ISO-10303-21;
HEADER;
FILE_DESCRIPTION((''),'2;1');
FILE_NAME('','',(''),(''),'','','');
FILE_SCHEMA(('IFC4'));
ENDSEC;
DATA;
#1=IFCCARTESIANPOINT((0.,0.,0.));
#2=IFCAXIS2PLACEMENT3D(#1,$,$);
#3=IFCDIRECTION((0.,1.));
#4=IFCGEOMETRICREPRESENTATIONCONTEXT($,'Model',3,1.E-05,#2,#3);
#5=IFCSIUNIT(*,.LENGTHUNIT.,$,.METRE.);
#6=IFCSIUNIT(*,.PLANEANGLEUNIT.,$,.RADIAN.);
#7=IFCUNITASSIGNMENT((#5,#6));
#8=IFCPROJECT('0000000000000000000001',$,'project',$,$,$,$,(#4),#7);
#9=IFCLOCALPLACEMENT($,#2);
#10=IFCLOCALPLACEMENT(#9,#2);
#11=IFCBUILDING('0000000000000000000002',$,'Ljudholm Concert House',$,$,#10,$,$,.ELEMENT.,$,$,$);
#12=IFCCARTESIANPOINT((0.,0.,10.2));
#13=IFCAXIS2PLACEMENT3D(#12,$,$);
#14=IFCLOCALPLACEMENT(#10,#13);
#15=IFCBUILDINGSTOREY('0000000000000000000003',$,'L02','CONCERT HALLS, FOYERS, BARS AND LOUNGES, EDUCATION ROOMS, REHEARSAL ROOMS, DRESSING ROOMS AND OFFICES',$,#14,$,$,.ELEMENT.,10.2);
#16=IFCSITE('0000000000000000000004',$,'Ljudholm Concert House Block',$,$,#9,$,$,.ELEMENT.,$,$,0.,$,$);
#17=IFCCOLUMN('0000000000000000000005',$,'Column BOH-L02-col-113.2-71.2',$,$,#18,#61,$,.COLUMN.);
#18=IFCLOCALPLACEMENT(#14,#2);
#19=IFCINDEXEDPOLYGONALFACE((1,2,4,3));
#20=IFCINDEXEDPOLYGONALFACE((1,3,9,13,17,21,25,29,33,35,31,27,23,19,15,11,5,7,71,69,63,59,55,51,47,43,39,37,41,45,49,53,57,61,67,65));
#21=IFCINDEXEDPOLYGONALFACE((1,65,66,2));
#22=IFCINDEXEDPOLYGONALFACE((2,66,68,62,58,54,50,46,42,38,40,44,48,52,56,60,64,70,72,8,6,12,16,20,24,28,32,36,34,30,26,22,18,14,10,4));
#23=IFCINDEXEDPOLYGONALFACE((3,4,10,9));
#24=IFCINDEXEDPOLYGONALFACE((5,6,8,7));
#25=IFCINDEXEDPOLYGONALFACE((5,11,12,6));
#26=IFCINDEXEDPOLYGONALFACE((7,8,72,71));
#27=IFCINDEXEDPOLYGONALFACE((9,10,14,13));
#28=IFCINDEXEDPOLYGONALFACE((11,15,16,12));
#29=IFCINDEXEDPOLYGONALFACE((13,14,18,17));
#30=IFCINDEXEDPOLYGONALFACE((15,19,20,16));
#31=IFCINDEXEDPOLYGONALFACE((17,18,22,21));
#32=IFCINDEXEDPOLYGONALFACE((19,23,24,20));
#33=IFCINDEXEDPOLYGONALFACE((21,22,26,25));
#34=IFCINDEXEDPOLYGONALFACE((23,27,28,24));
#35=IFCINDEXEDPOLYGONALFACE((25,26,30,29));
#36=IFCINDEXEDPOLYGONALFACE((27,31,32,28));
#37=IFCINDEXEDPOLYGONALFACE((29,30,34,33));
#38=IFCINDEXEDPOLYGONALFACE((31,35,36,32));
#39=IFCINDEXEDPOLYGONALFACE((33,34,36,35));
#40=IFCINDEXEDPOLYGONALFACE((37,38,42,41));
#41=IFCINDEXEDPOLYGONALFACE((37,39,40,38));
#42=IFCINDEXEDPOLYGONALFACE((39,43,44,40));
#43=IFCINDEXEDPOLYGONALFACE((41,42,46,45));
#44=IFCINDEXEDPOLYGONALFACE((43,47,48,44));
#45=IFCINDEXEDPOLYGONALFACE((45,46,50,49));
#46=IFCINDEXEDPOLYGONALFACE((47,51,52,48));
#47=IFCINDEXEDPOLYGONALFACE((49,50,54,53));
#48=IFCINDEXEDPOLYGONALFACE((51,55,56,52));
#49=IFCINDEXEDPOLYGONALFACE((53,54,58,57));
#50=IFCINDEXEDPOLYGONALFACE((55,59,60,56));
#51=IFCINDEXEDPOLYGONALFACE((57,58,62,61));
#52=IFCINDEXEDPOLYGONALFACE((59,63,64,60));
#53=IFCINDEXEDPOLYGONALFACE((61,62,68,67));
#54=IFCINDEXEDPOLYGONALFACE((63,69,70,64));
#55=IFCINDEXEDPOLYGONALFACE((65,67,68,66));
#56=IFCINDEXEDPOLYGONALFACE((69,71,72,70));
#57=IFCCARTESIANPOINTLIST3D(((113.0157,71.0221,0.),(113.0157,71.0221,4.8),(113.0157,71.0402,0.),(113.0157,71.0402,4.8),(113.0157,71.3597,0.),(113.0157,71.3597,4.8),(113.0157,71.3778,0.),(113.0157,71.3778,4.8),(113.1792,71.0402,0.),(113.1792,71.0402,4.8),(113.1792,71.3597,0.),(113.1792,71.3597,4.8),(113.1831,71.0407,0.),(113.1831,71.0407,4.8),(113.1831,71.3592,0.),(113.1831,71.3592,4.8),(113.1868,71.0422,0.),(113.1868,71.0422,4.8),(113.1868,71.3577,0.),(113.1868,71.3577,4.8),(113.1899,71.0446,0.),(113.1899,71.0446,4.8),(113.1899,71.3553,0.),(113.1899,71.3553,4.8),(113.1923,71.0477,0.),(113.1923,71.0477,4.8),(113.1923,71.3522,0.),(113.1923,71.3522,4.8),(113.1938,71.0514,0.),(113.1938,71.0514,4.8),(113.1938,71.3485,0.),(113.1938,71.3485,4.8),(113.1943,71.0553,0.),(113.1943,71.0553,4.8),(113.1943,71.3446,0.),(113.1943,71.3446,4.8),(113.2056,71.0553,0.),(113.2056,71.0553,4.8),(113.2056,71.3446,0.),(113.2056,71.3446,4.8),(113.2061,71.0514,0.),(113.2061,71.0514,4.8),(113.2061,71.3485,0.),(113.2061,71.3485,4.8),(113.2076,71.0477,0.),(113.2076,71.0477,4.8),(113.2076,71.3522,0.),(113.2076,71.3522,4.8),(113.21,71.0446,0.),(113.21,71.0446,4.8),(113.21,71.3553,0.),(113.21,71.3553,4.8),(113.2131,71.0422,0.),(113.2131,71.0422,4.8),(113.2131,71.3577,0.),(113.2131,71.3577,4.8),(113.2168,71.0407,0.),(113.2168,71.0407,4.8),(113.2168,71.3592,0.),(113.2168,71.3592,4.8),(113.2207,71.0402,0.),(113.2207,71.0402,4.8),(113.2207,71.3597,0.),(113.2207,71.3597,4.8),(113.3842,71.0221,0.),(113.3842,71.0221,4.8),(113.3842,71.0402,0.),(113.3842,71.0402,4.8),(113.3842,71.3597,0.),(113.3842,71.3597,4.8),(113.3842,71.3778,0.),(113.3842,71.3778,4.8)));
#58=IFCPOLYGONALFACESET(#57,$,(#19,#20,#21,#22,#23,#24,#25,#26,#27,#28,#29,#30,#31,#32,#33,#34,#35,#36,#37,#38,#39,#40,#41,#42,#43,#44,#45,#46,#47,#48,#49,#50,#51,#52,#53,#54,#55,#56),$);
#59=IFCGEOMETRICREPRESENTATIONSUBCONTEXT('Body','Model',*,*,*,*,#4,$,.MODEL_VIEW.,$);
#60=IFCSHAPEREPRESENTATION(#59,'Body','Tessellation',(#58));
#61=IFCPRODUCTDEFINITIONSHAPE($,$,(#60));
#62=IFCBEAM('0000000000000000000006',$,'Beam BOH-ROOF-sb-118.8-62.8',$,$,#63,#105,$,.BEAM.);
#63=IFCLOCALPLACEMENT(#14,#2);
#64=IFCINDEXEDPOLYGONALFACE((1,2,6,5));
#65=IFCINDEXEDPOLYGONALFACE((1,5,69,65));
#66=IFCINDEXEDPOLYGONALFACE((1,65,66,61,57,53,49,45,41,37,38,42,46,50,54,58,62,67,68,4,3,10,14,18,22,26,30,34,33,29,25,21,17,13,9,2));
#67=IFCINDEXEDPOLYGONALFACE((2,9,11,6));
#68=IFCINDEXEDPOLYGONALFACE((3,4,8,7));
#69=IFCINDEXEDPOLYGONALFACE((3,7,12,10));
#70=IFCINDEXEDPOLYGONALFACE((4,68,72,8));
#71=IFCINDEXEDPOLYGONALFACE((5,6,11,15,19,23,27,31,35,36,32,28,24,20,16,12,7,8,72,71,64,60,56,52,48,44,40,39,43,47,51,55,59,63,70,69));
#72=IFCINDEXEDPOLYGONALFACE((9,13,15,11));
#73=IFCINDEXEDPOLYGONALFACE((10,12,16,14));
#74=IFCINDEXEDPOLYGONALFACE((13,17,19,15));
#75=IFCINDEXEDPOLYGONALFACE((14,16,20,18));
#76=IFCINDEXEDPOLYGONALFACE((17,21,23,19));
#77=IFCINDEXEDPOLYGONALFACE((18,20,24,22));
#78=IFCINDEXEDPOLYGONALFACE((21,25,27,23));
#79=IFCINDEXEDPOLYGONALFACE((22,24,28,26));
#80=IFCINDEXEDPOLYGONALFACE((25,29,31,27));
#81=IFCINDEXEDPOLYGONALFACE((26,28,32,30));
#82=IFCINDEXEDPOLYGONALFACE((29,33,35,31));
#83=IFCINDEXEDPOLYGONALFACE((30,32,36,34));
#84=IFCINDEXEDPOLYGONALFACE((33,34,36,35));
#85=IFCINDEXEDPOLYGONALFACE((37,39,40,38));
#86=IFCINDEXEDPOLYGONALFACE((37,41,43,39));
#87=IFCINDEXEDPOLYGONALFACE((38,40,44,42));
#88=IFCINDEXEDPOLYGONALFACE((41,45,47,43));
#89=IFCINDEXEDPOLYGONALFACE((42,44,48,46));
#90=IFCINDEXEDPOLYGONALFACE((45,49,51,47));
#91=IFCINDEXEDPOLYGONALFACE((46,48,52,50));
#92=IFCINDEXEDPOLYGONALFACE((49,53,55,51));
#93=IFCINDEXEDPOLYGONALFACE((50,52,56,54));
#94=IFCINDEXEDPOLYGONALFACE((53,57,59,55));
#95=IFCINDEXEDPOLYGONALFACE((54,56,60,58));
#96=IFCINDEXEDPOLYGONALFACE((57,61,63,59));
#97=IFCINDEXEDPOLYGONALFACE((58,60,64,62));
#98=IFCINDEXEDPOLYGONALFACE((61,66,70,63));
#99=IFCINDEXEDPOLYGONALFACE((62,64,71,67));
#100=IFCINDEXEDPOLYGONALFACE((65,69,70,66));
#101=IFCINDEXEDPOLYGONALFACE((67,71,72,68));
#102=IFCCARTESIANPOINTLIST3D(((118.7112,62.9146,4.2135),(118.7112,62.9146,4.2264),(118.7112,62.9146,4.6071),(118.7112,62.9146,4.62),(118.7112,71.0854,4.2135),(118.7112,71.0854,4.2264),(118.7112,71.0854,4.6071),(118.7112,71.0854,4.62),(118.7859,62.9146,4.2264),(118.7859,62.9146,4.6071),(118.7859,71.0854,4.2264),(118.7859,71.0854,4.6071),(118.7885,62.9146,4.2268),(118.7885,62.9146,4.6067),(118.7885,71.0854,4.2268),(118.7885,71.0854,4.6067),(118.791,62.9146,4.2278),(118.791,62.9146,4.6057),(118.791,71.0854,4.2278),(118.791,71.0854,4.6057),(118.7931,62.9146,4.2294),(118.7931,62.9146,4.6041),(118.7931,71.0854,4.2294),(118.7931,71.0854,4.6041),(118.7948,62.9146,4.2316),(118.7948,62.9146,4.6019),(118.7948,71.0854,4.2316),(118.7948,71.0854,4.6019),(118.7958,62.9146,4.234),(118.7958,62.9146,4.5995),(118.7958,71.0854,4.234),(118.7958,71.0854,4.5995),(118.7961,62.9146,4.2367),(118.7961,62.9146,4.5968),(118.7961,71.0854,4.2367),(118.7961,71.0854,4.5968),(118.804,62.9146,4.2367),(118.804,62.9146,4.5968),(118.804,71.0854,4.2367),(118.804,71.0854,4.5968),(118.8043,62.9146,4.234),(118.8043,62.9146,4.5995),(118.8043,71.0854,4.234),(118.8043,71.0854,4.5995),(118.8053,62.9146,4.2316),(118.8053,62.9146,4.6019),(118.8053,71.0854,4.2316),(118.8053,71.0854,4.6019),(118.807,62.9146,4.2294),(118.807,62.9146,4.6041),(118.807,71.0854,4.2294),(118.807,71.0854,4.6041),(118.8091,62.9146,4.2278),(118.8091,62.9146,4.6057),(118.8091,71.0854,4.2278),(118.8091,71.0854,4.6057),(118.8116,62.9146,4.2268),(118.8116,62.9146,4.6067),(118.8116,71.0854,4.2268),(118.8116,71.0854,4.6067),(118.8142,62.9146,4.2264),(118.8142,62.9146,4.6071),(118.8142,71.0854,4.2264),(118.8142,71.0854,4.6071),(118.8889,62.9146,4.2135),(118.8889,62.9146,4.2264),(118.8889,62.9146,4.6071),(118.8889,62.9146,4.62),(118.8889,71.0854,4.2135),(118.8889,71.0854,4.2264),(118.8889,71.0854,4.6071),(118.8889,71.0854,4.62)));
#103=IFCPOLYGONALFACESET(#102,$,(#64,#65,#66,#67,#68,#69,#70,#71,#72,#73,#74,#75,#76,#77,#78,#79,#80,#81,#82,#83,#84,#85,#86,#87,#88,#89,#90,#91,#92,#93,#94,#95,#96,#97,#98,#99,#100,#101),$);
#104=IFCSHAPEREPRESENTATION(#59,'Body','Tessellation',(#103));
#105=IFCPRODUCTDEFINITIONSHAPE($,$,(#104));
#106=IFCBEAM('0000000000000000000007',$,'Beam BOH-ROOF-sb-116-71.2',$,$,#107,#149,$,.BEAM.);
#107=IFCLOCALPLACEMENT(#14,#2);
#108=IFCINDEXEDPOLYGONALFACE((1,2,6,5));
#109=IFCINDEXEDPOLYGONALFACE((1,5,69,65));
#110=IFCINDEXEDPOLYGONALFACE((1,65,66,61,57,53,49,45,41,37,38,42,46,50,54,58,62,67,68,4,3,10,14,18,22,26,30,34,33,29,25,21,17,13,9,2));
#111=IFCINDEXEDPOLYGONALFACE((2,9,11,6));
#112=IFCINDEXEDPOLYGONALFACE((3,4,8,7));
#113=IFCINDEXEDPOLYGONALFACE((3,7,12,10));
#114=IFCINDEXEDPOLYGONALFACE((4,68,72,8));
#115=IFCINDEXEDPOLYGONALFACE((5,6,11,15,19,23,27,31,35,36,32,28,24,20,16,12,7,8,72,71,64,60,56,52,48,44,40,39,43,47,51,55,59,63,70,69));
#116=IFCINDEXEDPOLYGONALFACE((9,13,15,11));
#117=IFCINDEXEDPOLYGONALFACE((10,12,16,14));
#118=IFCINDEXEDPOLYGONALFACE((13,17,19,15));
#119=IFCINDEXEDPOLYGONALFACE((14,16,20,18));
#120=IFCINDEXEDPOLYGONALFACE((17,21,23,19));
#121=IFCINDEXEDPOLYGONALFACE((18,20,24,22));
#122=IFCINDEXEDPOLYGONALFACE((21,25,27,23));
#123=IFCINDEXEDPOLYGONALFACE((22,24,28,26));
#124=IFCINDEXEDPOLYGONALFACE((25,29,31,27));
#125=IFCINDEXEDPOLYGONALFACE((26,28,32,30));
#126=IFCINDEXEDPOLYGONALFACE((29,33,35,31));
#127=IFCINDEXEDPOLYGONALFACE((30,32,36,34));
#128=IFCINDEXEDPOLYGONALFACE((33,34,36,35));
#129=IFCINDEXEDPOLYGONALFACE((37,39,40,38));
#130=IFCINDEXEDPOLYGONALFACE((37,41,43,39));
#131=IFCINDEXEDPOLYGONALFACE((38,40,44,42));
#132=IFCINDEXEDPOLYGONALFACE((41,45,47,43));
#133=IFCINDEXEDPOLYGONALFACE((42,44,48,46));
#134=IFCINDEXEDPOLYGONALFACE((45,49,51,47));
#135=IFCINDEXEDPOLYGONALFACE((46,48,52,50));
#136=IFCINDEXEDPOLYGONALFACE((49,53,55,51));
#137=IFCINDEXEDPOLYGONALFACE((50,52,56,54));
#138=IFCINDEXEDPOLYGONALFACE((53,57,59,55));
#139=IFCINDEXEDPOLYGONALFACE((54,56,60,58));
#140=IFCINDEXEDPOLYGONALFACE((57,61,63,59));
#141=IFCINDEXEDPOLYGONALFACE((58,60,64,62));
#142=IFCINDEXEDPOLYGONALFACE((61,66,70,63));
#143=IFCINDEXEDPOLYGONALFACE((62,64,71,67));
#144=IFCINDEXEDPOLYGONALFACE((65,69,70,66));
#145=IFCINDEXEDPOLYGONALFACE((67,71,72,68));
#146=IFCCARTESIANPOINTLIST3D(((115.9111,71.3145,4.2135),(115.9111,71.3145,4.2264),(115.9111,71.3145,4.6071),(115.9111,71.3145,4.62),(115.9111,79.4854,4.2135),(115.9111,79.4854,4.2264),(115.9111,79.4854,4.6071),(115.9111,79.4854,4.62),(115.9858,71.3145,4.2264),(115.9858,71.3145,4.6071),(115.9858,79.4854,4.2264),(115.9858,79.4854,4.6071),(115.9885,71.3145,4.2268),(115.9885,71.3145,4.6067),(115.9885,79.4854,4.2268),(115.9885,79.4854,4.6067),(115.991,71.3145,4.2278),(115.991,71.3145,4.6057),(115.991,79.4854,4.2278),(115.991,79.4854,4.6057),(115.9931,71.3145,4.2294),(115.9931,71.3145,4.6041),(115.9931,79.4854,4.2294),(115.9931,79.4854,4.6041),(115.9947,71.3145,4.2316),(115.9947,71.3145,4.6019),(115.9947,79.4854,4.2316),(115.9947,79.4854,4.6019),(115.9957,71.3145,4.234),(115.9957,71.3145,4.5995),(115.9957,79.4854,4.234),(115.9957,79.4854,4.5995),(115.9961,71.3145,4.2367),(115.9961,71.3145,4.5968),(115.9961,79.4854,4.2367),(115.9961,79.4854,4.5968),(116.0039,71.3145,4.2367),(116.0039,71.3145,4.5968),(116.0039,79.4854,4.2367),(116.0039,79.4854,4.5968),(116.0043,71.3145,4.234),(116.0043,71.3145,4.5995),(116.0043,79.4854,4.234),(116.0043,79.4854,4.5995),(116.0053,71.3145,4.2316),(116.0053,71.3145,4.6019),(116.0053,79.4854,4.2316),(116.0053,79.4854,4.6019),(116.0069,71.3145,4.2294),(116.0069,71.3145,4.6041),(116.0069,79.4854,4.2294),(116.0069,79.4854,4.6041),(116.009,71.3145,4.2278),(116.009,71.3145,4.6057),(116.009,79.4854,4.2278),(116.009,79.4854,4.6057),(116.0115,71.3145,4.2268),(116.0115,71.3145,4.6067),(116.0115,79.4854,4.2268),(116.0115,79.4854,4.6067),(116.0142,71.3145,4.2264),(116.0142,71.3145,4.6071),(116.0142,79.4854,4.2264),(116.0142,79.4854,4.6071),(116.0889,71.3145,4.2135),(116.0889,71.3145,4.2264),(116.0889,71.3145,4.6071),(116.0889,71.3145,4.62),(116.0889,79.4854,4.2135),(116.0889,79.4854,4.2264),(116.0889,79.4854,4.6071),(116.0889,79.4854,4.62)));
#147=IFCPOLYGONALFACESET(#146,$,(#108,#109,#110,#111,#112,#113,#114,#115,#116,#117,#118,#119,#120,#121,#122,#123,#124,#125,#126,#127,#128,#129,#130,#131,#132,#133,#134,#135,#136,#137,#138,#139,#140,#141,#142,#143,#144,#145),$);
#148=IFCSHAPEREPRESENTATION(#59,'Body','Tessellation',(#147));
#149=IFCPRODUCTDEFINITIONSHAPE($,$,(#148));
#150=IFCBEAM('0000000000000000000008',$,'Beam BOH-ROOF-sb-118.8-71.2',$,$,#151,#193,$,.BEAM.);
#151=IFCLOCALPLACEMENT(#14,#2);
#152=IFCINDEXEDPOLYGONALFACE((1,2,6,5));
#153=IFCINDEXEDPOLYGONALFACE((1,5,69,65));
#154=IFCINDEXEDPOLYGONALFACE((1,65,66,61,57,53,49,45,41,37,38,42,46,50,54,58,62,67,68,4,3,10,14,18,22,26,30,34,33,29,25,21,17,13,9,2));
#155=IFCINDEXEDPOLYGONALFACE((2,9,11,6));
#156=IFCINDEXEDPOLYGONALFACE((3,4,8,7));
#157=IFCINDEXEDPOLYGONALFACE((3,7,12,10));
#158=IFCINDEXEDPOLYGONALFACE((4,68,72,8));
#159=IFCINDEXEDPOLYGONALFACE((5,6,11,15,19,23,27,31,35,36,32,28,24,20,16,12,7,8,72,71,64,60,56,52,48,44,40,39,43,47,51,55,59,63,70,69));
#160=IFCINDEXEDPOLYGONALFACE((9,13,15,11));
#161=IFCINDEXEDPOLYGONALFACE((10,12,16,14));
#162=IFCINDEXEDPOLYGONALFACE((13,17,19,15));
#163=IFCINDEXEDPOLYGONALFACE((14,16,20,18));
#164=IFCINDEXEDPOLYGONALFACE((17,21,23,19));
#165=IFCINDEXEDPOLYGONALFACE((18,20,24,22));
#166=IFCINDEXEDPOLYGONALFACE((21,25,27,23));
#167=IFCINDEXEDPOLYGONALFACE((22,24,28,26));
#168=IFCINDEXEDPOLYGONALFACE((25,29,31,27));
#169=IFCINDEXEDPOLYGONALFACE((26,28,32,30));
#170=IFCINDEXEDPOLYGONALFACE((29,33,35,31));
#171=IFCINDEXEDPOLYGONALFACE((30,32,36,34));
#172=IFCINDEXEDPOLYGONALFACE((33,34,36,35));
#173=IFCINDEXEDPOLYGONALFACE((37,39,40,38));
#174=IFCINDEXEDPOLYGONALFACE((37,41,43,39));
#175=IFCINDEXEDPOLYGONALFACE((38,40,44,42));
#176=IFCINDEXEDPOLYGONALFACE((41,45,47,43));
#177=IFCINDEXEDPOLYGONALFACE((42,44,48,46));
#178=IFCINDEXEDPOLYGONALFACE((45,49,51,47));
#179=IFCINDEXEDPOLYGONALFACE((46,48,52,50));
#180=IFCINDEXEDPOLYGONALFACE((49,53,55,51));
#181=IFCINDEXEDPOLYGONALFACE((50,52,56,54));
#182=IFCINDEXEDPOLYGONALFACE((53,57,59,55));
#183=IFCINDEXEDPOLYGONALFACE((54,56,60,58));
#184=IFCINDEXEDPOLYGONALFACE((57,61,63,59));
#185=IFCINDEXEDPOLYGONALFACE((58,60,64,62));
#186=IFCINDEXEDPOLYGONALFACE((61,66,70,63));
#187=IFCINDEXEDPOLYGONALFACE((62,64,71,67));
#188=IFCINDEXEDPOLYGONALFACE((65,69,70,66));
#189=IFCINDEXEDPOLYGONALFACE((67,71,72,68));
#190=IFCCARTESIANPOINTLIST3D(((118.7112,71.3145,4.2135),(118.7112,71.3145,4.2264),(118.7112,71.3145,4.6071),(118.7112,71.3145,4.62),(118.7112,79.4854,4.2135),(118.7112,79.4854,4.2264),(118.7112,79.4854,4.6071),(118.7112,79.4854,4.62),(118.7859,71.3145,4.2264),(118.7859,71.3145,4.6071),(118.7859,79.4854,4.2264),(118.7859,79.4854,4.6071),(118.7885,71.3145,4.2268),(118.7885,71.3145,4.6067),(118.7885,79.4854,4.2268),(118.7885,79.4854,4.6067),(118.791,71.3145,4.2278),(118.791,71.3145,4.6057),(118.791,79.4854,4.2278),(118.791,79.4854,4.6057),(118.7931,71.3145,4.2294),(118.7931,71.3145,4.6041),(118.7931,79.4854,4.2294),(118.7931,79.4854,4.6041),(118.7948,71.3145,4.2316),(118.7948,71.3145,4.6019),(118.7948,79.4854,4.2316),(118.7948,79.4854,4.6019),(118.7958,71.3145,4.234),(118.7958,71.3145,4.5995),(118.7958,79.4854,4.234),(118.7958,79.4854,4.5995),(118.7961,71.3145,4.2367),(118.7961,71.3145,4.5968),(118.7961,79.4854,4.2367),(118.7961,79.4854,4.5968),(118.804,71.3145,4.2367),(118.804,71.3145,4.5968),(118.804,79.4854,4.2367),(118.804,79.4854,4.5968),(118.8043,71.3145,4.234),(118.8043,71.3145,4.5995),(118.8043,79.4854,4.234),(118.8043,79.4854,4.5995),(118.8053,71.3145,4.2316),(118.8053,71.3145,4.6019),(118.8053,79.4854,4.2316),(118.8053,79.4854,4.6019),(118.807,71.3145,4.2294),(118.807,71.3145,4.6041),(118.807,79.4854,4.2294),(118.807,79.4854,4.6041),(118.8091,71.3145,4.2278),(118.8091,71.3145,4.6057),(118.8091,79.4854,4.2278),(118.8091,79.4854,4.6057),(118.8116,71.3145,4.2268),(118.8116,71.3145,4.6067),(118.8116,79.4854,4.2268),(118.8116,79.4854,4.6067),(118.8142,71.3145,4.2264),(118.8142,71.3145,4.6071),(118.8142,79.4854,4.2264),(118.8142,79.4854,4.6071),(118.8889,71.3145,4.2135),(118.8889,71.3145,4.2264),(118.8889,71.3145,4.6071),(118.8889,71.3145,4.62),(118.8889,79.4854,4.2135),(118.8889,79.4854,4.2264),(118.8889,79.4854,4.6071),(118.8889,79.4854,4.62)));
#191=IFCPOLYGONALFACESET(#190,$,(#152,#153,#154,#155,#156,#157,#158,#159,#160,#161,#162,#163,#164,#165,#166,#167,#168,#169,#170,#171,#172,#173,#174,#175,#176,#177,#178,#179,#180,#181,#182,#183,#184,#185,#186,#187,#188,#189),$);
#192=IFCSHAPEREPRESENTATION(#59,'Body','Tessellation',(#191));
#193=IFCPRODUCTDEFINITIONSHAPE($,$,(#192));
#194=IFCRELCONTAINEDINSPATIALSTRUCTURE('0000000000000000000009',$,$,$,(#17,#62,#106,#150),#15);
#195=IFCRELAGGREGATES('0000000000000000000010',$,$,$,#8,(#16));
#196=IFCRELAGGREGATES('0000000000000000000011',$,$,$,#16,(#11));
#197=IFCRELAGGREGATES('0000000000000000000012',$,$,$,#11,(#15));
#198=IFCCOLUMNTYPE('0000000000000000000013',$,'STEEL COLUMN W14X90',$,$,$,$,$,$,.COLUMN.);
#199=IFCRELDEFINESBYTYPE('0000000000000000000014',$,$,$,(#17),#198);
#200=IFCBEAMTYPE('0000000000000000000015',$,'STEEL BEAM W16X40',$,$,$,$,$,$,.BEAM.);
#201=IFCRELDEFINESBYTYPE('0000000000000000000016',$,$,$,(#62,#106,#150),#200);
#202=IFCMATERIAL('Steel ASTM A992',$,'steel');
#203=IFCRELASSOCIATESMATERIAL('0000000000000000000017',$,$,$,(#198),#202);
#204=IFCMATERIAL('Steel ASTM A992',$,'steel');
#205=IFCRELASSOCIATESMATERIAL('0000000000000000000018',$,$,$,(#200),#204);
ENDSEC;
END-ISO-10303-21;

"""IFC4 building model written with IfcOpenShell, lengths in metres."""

from ifc_helpers import new_model, si_unit, direction, frame, origin, origin_2d, place, context, subcontext, project, spatial, i_section, extrude, material, material_profile, profile_set, type_object, element, save


model = new_model("IFC4")

# Units and contexts
model_context = context("Model", 3, precision=1e-05, world=origin(), true_north=direction((0.0, 1.0)))
body_context = subcontext(model_context, "Body", "Model", "MODEL_VIEW")
ifc_project = project(units=[si_unit("LENGTHUNIT", "METRE"), si_unit("PLANEANGLEUNIT", "RADIAN")], contexts=[model_context])

# Site, building, storey
site_placement = place(None, origin())
site = spatial("IfcSite", under=ifc_project, at=site_placement, Name="Ljudholm Concert House Block", CompositionType="ELEMENT", RefElevation=0.0)
building_placement = place(site_placement, origin())
building = spatial("IfcBuilding", under=site, at=building_placement, Name="Ljudholm Concert House", CompositionType="ELEMENT")
storey_placement = place(building_placement, frame((0.0, 0.0, 10.2)))
storey = spatial("IfcBuildingStorey", under=building, at=storey_placement, Name="L02", Description="CONCERT HALLS, FOYERS, BARS AND LOUNGES, EDUCATION ROOMS, REHEARSAL ROOMS, DRESSING ROOMS AND OFFICES", CompositionType="ELEMENT", Elevation=10.2)

# Column
ifc_material_1 = material(Name="Steel ASTM A992", Category="steel")
ifc_material_profile_1 = material_profile(ifc_material_1, i_section(OverallWidth=0.3684, OverallDepth=0.3557, WebThickness=0.0112, FlangeThickness=0.0181, FilletRadius=0.0151, at=origin_2d()), Name="W14X90")
ifc_profile_set_1 = profile_set([ifc_material_profile_1], Name="Steel ASTM A992")
column_type = type_object("IfcColumnType", Name="STEEL COLUMN W14X90", PredefinedType="COLUMN", material=ifc_profile_set_1)
column_placement = place(storey_placement, frame((113.2, 71.2, 0.0), z_axis=(0.0, 0.0, 1.0), x_axis=(1.0, 0.0, 0.0)))
element("IfcColumn", 1, at=column_placement, inside=storey, type_object=column_type, Name="Column BOH-L02-col-113.2-71.2", PredefinedType="COLUMN", context=body_context, shape_type="SweptSolid", body=[
    extrude(i_section(OverallWidth=0.3684, OverallDepth=0.3557, WebThickness=0.0112, FlangeThickness=0.0181, FilletRadius=0.0151, at=origin_2d()), origin(), (0.0, 0.0, 1.0), 4.8),
])

# Beams
ifc_material_2 = material(Name="Steel ASTM A992", Category="steel")
ifc_material_profile_2 = material_profile(ifc_material_2, i_section(OverallWidth=0.1777, OverallDepth=0.4065, WebThickness=0.0078, FlangeThickness=0.0129, FilletRadius=0.0103, at=origin_2d()), Name="W16X40")
ifc_profile_set_2 = profile_set([ifc_material_profile_2], Name="Steel ASTM A992")
beam_type_1 = type_object("IfcBeamType", Name="STEEL BEAM W16X40", PredefinedType="BEAM", material=ifc_profile_set_2)
for number, where, z_axis, x_axis, name in (
    (2, (118.8, 62.9146, 4.4167), (0.0, 1.0, 0.0), (-1.0, 0.0, 0.0), "Beam BOH-ROOF-sb-118.8-62.8"),
    (3, (116.0, 71.3145, 4.4167), (0.0, 1.0, 0.0), (-1.0, 0.0, 0.0), "Beam BOH-ROOF-sb-116-71.2"),
    (4, (118.8, 71.3145, 4.4167), (0.0, 1.0, 0.0), (-1.0, 0.0, 0.0), "Beam BOH-ROOF-sb-118.8-71.2"),
):
    element("IfcBeam", number, at=place(storey_placement, frame(where, z_axis=z_axis, x_axis=x_axis)), inside=storey, type_object=beam_type_1, Name=name, PredefinedType="BEAM", context=body_context, shape_type="SweptSolid", body=[
        extrude(i_section(OverallWidth=0.1777, OverallDepth=0.4065, WebThickness=0.0078, FlangeThickness=0.0129, FilletRadius=0.0103, at=origin_2d()), origin(), (0.0, 0.0, 1.0), 8.1709),
    ])

save(model, "model.ifc")
